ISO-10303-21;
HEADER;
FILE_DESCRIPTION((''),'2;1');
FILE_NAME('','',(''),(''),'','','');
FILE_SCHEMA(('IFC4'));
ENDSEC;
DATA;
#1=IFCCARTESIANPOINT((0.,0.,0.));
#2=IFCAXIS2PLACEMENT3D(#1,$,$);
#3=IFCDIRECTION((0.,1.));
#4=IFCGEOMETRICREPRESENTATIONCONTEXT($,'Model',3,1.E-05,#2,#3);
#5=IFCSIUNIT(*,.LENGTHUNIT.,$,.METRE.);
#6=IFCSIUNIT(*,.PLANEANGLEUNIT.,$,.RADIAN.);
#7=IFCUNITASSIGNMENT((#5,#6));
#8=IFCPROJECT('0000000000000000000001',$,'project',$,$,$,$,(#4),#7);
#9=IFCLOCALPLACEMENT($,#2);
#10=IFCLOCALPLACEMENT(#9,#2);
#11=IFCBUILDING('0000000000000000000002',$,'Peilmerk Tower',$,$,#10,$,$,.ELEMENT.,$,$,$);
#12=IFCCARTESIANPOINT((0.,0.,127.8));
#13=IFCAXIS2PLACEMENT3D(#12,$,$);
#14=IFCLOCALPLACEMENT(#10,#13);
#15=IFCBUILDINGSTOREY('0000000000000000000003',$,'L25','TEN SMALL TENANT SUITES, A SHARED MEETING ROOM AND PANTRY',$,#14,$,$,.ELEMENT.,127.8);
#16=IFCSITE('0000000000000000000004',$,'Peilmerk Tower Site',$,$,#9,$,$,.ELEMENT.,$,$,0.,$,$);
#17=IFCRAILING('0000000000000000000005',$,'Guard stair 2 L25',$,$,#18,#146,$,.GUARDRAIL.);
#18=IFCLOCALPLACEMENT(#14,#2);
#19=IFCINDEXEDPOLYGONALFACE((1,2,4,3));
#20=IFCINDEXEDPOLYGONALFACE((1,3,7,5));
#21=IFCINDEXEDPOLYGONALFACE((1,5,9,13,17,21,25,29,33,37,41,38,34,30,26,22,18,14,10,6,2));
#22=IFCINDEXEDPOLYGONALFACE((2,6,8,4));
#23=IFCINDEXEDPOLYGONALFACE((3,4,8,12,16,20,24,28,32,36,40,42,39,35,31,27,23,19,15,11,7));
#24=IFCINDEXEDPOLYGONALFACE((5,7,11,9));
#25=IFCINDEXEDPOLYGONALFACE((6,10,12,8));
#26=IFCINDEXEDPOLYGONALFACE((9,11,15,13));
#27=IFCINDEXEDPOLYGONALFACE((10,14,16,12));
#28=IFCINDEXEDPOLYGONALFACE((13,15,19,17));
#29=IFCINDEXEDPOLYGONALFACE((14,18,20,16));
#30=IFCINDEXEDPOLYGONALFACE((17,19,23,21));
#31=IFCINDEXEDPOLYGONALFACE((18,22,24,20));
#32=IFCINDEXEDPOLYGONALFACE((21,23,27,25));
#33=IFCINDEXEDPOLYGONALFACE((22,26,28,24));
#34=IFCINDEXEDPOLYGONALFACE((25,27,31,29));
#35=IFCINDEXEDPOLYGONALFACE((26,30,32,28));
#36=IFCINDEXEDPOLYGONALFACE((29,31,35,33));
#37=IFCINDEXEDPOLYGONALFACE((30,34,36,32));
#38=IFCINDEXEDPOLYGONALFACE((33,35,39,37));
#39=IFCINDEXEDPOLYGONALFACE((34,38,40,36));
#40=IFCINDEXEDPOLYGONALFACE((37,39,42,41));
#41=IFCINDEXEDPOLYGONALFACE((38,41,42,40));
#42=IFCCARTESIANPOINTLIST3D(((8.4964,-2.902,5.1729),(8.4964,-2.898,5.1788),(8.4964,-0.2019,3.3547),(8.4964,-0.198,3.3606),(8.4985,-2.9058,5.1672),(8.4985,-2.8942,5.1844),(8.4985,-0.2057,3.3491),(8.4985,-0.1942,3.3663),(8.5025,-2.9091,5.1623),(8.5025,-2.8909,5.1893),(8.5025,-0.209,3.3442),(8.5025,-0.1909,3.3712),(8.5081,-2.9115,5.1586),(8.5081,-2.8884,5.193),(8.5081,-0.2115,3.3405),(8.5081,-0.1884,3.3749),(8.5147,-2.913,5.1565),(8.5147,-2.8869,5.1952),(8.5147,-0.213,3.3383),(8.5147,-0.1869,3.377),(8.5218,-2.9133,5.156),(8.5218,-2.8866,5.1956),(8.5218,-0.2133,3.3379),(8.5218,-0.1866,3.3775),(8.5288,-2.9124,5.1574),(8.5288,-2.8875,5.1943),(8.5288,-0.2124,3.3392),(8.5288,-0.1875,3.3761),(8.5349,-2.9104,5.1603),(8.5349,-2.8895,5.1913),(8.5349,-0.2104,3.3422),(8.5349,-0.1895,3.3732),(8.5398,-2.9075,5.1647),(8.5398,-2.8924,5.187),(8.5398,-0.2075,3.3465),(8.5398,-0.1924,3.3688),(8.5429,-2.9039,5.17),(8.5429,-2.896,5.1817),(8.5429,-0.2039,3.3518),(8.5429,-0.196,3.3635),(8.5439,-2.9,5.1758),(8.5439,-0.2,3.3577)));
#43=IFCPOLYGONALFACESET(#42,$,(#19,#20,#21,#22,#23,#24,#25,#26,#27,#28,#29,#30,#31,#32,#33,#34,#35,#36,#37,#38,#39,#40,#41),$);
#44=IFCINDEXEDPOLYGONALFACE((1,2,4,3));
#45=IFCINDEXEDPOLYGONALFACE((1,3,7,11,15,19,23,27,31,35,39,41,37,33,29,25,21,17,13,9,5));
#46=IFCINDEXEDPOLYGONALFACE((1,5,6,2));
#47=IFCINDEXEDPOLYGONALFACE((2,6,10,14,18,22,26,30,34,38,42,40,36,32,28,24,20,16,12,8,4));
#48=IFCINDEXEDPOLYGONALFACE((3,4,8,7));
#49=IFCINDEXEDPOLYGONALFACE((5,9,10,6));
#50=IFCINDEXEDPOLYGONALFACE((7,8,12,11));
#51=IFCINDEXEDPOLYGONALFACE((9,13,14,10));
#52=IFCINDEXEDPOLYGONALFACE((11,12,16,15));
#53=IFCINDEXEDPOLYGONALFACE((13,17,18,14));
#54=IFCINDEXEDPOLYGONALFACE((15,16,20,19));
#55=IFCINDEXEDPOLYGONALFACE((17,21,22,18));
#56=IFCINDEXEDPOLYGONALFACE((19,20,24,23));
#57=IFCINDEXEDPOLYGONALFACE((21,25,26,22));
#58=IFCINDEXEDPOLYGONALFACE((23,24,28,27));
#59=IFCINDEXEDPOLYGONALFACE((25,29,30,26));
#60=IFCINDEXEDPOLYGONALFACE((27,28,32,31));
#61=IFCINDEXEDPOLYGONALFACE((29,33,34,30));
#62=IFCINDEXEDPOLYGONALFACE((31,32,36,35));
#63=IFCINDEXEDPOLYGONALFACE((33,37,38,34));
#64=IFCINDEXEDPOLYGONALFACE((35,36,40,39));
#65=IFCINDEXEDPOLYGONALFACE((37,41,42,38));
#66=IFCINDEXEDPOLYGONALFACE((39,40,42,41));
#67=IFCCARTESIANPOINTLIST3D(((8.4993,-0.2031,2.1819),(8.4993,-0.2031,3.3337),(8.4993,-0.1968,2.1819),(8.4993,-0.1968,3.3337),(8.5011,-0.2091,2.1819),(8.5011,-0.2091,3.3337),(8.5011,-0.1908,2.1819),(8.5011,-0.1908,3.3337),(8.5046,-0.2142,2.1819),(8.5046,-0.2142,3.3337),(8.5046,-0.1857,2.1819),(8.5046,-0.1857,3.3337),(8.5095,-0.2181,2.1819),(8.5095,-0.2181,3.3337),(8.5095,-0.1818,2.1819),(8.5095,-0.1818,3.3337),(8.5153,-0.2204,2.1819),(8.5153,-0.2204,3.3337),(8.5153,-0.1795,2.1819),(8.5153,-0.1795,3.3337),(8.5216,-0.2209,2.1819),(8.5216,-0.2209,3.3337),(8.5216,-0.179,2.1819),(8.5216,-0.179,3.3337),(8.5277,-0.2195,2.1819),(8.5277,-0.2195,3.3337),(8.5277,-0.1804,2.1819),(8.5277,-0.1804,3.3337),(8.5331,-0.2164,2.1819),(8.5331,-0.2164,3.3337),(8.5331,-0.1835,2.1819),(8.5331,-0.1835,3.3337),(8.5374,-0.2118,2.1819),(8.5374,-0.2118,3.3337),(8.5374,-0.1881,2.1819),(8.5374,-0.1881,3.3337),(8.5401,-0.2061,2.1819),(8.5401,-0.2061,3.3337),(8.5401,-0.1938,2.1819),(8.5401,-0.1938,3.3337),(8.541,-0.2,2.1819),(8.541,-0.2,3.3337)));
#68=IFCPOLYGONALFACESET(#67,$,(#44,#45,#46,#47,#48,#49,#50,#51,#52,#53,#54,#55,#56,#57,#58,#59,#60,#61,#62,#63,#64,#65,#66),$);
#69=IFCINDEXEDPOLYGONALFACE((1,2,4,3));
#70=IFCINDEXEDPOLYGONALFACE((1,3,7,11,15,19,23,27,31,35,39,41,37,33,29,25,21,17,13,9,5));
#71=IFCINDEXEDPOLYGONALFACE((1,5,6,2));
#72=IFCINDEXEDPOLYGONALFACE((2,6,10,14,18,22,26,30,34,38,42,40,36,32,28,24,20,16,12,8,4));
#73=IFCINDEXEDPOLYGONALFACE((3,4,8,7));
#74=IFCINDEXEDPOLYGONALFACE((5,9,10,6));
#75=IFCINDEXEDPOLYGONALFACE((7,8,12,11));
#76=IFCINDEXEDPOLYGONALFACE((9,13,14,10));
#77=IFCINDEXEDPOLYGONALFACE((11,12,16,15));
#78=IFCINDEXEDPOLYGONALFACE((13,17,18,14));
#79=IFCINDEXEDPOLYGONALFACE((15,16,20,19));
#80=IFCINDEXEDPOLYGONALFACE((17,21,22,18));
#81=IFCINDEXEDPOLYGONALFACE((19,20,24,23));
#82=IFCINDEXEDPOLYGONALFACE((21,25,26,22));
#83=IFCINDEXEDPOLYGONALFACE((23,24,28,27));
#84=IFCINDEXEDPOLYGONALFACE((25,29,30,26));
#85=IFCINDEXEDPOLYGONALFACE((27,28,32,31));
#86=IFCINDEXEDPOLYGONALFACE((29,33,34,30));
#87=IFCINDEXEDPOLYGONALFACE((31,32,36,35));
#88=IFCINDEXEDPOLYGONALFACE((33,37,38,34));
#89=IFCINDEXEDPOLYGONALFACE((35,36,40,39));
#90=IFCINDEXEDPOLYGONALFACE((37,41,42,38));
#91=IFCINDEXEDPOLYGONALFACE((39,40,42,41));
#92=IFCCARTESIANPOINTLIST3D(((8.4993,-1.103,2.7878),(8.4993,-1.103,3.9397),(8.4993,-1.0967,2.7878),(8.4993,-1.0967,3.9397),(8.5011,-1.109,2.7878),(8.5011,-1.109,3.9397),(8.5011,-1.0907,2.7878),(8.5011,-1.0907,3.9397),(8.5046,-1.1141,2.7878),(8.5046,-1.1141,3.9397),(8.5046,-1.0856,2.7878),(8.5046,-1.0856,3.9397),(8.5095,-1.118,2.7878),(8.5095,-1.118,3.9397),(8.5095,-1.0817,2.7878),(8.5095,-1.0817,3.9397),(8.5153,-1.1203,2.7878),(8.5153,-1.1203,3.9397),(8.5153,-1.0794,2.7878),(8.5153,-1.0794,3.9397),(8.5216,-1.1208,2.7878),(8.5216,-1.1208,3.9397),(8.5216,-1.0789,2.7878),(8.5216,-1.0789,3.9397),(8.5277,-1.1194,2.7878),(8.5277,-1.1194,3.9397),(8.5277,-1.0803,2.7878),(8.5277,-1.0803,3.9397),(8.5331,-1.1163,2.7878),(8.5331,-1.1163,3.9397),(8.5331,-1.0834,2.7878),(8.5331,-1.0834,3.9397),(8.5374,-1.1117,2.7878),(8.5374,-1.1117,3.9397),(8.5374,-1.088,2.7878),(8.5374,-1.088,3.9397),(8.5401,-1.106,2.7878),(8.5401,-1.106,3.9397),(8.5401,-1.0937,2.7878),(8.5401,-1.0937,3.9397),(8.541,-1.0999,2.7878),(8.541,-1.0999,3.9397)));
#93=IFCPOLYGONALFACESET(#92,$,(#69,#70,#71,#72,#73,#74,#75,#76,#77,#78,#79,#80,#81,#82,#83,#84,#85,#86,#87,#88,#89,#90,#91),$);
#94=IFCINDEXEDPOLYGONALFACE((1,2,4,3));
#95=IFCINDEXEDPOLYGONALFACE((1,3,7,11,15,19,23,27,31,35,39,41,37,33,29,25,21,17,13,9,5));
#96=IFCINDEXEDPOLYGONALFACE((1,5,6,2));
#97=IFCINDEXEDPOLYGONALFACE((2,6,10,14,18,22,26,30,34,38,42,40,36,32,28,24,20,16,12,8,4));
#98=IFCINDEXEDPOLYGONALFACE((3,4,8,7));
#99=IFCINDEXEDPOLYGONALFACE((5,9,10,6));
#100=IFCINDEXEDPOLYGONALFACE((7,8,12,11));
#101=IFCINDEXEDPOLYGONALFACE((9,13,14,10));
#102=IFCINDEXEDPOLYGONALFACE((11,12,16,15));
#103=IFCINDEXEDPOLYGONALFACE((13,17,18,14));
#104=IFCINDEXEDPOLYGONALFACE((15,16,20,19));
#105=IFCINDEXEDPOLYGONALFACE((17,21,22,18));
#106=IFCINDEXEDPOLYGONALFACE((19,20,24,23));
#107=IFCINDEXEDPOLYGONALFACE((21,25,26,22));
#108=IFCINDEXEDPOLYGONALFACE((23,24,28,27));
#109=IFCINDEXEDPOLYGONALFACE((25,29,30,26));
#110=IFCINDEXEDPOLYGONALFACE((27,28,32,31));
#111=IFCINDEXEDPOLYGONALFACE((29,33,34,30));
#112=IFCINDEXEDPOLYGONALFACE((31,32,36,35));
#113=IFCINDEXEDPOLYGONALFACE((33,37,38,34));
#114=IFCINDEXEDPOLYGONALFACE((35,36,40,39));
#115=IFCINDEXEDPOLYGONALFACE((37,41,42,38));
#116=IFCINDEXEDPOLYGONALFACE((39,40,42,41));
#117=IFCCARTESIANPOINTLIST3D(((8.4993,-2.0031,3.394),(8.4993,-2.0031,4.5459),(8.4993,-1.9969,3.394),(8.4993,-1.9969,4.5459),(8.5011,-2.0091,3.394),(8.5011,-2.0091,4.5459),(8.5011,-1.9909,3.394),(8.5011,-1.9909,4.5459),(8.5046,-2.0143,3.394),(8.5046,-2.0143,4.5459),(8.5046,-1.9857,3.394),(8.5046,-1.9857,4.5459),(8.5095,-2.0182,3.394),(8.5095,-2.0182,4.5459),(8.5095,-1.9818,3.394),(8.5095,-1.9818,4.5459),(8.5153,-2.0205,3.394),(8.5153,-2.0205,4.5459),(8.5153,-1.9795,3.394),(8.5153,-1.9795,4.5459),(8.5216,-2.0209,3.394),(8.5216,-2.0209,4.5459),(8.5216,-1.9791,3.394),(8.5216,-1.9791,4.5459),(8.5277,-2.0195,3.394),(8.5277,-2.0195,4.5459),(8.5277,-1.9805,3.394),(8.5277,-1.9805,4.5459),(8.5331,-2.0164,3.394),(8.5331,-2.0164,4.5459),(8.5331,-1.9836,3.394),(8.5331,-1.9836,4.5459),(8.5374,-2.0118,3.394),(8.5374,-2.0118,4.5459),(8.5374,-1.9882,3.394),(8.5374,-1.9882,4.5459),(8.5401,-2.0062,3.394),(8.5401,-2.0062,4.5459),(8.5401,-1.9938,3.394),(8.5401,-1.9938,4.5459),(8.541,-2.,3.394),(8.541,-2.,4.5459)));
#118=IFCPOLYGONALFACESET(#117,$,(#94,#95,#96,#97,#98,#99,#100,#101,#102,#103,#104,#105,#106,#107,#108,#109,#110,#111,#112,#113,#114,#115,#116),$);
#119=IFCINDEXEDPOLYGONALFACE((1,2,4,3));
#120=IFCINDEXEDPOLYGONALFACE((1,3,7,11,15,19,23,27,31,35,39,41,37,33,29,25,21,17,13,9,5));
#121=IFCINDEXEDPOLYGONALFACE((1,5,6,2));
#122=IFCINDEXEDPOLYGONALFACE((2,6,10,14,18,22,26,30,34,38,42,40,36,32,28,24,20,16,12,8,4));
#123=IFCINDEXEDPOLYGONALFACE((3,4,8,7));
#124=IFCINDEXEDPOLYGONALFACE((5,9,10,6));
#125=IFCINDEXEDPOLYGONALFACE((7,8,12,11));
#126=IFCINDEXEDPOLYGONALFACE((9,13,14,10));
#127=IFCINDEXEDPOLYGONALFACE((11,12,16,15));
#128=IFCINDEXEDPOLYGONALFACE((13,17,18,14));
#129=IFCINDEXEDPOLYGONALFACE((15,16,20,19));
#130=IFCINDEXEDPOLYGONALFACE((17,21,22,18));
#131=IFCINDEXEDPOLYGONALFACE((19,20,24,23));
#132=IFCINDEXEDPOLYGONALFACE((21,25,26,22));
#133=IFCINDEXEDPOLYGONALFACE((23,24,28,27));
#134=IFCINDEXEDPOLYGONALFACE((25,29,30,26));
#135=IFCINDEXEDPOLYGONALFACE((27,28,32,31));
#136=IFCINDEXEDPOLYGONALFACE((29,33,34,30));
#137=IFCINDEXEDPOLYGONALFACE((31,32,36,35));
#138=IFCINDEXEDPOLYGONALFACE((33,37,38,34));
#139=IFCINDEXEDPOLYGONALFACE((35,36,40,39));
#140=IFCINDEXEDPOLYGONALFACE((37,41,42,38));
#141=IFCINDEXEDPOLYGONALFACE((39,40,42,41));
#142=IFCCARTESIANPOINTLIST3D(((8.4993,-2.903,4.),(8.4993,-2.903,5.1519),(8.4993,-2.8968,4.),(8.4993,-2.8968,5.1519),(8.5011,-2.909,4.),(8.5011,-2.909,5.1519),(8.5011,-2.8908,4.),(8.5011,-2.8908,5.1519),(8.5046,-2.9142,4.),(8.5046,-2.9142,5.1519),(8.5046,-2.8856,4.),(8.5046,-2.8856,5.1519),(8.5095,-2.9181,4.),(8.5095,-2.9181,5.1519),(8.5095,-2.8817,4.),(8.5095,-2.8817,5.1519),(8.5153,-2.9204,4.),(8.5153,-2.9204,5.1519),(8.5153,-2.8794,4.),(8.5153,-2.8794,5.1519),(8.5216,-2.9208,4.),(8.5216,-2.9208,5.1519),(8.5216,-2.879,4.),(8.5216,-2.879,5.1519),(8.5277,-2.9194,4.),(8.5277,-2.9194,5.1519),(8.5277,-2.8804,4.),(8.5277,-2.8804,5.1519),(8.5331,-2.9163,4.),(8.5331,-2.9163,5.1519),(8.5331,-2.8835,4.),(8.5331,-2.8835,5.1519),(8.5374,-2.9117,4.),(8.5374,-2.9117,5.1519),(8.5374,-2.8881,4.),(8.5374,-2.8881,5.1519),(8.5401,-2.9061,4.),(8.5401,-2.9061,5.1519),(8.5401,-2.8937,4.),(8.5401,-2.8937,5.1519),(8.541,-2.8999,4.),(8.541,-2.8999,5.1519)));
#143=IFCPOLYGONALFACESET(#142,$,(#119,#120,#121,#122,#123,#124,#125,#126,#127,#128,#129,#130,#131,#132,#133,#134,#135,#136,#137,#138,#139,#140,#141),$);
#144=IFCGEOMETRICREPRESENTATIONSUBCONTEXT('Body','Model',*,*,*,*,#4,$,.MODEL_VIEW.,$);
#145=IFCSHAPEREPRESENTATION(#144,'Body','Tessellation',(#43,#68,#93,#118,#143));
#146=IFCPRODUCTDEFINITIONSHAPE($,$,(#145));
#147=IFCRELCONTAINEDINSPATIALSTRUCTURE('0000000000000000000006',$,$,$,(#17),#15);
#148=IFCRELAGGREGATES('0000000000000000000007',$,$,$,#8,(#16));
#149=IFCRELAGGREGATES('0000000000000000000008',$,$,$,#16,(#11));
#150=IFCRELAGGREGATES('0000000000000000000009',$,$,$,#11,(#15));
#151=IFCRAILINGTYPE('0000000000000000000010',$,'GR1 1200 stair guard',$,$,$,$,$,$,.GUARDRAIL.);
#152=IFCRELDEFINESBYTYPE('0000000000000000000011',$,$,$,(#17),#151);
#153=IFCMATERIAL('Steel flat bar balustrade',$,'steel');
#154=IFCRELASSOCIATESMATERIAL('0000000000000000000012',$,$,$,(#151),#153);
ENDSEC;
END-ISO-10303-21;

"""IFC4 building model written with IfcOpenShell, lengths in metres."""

from ifc_helpers import new_model, si_unit, direction, frame, origin, origin_2d, place, context, subcontext, project, spatial, circle, extrude, material, type_object, element, save


model = new_model("IFC4")

# Units and contexts
model_context = context("Model", 3, precision=1e-05, world=origin(), true_north=direction((0.0, 1.0)))
body_context = subcontext(model_context, "Body", "Model", "MODEL_VIEW")
ifc_project = project(units=[si_unit("LENGTHUNIT", "METRE"), si_unit("PLANEANGLEUNIT", "RADIAN")], contexts=[model_context])

# Site, building, storey
site_placement = place(None, origin())
site = spatial("IfcSite", under=ifc_project, at=site_placement, Name="Peilmerk Tower Site", CompositionType="ELEMENT", RefElevation=0.0)
building_placement = place(site_placement, origin())
building = spatial("IfcBuilding", under=site, at=building_placement, Name="Peilmerk Tower", CompositionType="ELEMENT")
storey_placement = place(building_placement, frame((0.0, 0.0, 127.8)))
storey = spatial("IfcBuildingStorey", under=building, at=storey_placement, Name="L25", Description="TEN SMALL TENANT SUITES, A SHARED MEETING ROOM AND PANTRY", CompositionType="ELEMENT", Elevation=127.8)

# Railing
ifc_material_1 = material(Name="Steel flat bar balustrade", Category="steel")
railing_type_1 = type_object("IfcRailingType", Name="GR1 1200 stair guard", PredefinedType="GUARDRAIL", material=ifc_material_1)
railing_1_placement = place(storey_placement, frame((8.52, -0.2, 2.1819)))
element("IfcRailing", 1, at=railing_1_placement, inside=storey, type_object=railing_type_1, Name="Guard stair 2 L25", PredefinedType="GUARDRAIL", context=body_context, shape_type="SweptSolid", body=[
    extrude(circle(Radius=0.0239, at=origin_2d()), frame((0.0, 0.0, 1.1758), z_axis=(0.0, -0.829468, 0.558554), x_axis=(1.0, 0.0, 0.0)), (0.0, 0.0, 1.0), 3.2551),
    extrude(circle(Radius=0.021, at=origin_2d()), origin(), (0.0, 0.0, 1.0), 1.1519),
    extrude(circle(Radius=0.021, at=origin_2d()), frame((0.0, -0.8999, 0.606)), (0.0, 0.0, 1.0), 1.1519),
    extrude(circle(Radius=0.021, at=origin_2d()), frame((0.0, -1.8, 1.2122)), (0.0, 0.0, 1.0), 1.1519),
    extrude(circle(Radius=0.021, at=origin_2d()), frame((0.0, -2.7, 1.8181)), (0.0, 0.0, 1.0), 1.1519),
])

save(model, "model.ifc")
